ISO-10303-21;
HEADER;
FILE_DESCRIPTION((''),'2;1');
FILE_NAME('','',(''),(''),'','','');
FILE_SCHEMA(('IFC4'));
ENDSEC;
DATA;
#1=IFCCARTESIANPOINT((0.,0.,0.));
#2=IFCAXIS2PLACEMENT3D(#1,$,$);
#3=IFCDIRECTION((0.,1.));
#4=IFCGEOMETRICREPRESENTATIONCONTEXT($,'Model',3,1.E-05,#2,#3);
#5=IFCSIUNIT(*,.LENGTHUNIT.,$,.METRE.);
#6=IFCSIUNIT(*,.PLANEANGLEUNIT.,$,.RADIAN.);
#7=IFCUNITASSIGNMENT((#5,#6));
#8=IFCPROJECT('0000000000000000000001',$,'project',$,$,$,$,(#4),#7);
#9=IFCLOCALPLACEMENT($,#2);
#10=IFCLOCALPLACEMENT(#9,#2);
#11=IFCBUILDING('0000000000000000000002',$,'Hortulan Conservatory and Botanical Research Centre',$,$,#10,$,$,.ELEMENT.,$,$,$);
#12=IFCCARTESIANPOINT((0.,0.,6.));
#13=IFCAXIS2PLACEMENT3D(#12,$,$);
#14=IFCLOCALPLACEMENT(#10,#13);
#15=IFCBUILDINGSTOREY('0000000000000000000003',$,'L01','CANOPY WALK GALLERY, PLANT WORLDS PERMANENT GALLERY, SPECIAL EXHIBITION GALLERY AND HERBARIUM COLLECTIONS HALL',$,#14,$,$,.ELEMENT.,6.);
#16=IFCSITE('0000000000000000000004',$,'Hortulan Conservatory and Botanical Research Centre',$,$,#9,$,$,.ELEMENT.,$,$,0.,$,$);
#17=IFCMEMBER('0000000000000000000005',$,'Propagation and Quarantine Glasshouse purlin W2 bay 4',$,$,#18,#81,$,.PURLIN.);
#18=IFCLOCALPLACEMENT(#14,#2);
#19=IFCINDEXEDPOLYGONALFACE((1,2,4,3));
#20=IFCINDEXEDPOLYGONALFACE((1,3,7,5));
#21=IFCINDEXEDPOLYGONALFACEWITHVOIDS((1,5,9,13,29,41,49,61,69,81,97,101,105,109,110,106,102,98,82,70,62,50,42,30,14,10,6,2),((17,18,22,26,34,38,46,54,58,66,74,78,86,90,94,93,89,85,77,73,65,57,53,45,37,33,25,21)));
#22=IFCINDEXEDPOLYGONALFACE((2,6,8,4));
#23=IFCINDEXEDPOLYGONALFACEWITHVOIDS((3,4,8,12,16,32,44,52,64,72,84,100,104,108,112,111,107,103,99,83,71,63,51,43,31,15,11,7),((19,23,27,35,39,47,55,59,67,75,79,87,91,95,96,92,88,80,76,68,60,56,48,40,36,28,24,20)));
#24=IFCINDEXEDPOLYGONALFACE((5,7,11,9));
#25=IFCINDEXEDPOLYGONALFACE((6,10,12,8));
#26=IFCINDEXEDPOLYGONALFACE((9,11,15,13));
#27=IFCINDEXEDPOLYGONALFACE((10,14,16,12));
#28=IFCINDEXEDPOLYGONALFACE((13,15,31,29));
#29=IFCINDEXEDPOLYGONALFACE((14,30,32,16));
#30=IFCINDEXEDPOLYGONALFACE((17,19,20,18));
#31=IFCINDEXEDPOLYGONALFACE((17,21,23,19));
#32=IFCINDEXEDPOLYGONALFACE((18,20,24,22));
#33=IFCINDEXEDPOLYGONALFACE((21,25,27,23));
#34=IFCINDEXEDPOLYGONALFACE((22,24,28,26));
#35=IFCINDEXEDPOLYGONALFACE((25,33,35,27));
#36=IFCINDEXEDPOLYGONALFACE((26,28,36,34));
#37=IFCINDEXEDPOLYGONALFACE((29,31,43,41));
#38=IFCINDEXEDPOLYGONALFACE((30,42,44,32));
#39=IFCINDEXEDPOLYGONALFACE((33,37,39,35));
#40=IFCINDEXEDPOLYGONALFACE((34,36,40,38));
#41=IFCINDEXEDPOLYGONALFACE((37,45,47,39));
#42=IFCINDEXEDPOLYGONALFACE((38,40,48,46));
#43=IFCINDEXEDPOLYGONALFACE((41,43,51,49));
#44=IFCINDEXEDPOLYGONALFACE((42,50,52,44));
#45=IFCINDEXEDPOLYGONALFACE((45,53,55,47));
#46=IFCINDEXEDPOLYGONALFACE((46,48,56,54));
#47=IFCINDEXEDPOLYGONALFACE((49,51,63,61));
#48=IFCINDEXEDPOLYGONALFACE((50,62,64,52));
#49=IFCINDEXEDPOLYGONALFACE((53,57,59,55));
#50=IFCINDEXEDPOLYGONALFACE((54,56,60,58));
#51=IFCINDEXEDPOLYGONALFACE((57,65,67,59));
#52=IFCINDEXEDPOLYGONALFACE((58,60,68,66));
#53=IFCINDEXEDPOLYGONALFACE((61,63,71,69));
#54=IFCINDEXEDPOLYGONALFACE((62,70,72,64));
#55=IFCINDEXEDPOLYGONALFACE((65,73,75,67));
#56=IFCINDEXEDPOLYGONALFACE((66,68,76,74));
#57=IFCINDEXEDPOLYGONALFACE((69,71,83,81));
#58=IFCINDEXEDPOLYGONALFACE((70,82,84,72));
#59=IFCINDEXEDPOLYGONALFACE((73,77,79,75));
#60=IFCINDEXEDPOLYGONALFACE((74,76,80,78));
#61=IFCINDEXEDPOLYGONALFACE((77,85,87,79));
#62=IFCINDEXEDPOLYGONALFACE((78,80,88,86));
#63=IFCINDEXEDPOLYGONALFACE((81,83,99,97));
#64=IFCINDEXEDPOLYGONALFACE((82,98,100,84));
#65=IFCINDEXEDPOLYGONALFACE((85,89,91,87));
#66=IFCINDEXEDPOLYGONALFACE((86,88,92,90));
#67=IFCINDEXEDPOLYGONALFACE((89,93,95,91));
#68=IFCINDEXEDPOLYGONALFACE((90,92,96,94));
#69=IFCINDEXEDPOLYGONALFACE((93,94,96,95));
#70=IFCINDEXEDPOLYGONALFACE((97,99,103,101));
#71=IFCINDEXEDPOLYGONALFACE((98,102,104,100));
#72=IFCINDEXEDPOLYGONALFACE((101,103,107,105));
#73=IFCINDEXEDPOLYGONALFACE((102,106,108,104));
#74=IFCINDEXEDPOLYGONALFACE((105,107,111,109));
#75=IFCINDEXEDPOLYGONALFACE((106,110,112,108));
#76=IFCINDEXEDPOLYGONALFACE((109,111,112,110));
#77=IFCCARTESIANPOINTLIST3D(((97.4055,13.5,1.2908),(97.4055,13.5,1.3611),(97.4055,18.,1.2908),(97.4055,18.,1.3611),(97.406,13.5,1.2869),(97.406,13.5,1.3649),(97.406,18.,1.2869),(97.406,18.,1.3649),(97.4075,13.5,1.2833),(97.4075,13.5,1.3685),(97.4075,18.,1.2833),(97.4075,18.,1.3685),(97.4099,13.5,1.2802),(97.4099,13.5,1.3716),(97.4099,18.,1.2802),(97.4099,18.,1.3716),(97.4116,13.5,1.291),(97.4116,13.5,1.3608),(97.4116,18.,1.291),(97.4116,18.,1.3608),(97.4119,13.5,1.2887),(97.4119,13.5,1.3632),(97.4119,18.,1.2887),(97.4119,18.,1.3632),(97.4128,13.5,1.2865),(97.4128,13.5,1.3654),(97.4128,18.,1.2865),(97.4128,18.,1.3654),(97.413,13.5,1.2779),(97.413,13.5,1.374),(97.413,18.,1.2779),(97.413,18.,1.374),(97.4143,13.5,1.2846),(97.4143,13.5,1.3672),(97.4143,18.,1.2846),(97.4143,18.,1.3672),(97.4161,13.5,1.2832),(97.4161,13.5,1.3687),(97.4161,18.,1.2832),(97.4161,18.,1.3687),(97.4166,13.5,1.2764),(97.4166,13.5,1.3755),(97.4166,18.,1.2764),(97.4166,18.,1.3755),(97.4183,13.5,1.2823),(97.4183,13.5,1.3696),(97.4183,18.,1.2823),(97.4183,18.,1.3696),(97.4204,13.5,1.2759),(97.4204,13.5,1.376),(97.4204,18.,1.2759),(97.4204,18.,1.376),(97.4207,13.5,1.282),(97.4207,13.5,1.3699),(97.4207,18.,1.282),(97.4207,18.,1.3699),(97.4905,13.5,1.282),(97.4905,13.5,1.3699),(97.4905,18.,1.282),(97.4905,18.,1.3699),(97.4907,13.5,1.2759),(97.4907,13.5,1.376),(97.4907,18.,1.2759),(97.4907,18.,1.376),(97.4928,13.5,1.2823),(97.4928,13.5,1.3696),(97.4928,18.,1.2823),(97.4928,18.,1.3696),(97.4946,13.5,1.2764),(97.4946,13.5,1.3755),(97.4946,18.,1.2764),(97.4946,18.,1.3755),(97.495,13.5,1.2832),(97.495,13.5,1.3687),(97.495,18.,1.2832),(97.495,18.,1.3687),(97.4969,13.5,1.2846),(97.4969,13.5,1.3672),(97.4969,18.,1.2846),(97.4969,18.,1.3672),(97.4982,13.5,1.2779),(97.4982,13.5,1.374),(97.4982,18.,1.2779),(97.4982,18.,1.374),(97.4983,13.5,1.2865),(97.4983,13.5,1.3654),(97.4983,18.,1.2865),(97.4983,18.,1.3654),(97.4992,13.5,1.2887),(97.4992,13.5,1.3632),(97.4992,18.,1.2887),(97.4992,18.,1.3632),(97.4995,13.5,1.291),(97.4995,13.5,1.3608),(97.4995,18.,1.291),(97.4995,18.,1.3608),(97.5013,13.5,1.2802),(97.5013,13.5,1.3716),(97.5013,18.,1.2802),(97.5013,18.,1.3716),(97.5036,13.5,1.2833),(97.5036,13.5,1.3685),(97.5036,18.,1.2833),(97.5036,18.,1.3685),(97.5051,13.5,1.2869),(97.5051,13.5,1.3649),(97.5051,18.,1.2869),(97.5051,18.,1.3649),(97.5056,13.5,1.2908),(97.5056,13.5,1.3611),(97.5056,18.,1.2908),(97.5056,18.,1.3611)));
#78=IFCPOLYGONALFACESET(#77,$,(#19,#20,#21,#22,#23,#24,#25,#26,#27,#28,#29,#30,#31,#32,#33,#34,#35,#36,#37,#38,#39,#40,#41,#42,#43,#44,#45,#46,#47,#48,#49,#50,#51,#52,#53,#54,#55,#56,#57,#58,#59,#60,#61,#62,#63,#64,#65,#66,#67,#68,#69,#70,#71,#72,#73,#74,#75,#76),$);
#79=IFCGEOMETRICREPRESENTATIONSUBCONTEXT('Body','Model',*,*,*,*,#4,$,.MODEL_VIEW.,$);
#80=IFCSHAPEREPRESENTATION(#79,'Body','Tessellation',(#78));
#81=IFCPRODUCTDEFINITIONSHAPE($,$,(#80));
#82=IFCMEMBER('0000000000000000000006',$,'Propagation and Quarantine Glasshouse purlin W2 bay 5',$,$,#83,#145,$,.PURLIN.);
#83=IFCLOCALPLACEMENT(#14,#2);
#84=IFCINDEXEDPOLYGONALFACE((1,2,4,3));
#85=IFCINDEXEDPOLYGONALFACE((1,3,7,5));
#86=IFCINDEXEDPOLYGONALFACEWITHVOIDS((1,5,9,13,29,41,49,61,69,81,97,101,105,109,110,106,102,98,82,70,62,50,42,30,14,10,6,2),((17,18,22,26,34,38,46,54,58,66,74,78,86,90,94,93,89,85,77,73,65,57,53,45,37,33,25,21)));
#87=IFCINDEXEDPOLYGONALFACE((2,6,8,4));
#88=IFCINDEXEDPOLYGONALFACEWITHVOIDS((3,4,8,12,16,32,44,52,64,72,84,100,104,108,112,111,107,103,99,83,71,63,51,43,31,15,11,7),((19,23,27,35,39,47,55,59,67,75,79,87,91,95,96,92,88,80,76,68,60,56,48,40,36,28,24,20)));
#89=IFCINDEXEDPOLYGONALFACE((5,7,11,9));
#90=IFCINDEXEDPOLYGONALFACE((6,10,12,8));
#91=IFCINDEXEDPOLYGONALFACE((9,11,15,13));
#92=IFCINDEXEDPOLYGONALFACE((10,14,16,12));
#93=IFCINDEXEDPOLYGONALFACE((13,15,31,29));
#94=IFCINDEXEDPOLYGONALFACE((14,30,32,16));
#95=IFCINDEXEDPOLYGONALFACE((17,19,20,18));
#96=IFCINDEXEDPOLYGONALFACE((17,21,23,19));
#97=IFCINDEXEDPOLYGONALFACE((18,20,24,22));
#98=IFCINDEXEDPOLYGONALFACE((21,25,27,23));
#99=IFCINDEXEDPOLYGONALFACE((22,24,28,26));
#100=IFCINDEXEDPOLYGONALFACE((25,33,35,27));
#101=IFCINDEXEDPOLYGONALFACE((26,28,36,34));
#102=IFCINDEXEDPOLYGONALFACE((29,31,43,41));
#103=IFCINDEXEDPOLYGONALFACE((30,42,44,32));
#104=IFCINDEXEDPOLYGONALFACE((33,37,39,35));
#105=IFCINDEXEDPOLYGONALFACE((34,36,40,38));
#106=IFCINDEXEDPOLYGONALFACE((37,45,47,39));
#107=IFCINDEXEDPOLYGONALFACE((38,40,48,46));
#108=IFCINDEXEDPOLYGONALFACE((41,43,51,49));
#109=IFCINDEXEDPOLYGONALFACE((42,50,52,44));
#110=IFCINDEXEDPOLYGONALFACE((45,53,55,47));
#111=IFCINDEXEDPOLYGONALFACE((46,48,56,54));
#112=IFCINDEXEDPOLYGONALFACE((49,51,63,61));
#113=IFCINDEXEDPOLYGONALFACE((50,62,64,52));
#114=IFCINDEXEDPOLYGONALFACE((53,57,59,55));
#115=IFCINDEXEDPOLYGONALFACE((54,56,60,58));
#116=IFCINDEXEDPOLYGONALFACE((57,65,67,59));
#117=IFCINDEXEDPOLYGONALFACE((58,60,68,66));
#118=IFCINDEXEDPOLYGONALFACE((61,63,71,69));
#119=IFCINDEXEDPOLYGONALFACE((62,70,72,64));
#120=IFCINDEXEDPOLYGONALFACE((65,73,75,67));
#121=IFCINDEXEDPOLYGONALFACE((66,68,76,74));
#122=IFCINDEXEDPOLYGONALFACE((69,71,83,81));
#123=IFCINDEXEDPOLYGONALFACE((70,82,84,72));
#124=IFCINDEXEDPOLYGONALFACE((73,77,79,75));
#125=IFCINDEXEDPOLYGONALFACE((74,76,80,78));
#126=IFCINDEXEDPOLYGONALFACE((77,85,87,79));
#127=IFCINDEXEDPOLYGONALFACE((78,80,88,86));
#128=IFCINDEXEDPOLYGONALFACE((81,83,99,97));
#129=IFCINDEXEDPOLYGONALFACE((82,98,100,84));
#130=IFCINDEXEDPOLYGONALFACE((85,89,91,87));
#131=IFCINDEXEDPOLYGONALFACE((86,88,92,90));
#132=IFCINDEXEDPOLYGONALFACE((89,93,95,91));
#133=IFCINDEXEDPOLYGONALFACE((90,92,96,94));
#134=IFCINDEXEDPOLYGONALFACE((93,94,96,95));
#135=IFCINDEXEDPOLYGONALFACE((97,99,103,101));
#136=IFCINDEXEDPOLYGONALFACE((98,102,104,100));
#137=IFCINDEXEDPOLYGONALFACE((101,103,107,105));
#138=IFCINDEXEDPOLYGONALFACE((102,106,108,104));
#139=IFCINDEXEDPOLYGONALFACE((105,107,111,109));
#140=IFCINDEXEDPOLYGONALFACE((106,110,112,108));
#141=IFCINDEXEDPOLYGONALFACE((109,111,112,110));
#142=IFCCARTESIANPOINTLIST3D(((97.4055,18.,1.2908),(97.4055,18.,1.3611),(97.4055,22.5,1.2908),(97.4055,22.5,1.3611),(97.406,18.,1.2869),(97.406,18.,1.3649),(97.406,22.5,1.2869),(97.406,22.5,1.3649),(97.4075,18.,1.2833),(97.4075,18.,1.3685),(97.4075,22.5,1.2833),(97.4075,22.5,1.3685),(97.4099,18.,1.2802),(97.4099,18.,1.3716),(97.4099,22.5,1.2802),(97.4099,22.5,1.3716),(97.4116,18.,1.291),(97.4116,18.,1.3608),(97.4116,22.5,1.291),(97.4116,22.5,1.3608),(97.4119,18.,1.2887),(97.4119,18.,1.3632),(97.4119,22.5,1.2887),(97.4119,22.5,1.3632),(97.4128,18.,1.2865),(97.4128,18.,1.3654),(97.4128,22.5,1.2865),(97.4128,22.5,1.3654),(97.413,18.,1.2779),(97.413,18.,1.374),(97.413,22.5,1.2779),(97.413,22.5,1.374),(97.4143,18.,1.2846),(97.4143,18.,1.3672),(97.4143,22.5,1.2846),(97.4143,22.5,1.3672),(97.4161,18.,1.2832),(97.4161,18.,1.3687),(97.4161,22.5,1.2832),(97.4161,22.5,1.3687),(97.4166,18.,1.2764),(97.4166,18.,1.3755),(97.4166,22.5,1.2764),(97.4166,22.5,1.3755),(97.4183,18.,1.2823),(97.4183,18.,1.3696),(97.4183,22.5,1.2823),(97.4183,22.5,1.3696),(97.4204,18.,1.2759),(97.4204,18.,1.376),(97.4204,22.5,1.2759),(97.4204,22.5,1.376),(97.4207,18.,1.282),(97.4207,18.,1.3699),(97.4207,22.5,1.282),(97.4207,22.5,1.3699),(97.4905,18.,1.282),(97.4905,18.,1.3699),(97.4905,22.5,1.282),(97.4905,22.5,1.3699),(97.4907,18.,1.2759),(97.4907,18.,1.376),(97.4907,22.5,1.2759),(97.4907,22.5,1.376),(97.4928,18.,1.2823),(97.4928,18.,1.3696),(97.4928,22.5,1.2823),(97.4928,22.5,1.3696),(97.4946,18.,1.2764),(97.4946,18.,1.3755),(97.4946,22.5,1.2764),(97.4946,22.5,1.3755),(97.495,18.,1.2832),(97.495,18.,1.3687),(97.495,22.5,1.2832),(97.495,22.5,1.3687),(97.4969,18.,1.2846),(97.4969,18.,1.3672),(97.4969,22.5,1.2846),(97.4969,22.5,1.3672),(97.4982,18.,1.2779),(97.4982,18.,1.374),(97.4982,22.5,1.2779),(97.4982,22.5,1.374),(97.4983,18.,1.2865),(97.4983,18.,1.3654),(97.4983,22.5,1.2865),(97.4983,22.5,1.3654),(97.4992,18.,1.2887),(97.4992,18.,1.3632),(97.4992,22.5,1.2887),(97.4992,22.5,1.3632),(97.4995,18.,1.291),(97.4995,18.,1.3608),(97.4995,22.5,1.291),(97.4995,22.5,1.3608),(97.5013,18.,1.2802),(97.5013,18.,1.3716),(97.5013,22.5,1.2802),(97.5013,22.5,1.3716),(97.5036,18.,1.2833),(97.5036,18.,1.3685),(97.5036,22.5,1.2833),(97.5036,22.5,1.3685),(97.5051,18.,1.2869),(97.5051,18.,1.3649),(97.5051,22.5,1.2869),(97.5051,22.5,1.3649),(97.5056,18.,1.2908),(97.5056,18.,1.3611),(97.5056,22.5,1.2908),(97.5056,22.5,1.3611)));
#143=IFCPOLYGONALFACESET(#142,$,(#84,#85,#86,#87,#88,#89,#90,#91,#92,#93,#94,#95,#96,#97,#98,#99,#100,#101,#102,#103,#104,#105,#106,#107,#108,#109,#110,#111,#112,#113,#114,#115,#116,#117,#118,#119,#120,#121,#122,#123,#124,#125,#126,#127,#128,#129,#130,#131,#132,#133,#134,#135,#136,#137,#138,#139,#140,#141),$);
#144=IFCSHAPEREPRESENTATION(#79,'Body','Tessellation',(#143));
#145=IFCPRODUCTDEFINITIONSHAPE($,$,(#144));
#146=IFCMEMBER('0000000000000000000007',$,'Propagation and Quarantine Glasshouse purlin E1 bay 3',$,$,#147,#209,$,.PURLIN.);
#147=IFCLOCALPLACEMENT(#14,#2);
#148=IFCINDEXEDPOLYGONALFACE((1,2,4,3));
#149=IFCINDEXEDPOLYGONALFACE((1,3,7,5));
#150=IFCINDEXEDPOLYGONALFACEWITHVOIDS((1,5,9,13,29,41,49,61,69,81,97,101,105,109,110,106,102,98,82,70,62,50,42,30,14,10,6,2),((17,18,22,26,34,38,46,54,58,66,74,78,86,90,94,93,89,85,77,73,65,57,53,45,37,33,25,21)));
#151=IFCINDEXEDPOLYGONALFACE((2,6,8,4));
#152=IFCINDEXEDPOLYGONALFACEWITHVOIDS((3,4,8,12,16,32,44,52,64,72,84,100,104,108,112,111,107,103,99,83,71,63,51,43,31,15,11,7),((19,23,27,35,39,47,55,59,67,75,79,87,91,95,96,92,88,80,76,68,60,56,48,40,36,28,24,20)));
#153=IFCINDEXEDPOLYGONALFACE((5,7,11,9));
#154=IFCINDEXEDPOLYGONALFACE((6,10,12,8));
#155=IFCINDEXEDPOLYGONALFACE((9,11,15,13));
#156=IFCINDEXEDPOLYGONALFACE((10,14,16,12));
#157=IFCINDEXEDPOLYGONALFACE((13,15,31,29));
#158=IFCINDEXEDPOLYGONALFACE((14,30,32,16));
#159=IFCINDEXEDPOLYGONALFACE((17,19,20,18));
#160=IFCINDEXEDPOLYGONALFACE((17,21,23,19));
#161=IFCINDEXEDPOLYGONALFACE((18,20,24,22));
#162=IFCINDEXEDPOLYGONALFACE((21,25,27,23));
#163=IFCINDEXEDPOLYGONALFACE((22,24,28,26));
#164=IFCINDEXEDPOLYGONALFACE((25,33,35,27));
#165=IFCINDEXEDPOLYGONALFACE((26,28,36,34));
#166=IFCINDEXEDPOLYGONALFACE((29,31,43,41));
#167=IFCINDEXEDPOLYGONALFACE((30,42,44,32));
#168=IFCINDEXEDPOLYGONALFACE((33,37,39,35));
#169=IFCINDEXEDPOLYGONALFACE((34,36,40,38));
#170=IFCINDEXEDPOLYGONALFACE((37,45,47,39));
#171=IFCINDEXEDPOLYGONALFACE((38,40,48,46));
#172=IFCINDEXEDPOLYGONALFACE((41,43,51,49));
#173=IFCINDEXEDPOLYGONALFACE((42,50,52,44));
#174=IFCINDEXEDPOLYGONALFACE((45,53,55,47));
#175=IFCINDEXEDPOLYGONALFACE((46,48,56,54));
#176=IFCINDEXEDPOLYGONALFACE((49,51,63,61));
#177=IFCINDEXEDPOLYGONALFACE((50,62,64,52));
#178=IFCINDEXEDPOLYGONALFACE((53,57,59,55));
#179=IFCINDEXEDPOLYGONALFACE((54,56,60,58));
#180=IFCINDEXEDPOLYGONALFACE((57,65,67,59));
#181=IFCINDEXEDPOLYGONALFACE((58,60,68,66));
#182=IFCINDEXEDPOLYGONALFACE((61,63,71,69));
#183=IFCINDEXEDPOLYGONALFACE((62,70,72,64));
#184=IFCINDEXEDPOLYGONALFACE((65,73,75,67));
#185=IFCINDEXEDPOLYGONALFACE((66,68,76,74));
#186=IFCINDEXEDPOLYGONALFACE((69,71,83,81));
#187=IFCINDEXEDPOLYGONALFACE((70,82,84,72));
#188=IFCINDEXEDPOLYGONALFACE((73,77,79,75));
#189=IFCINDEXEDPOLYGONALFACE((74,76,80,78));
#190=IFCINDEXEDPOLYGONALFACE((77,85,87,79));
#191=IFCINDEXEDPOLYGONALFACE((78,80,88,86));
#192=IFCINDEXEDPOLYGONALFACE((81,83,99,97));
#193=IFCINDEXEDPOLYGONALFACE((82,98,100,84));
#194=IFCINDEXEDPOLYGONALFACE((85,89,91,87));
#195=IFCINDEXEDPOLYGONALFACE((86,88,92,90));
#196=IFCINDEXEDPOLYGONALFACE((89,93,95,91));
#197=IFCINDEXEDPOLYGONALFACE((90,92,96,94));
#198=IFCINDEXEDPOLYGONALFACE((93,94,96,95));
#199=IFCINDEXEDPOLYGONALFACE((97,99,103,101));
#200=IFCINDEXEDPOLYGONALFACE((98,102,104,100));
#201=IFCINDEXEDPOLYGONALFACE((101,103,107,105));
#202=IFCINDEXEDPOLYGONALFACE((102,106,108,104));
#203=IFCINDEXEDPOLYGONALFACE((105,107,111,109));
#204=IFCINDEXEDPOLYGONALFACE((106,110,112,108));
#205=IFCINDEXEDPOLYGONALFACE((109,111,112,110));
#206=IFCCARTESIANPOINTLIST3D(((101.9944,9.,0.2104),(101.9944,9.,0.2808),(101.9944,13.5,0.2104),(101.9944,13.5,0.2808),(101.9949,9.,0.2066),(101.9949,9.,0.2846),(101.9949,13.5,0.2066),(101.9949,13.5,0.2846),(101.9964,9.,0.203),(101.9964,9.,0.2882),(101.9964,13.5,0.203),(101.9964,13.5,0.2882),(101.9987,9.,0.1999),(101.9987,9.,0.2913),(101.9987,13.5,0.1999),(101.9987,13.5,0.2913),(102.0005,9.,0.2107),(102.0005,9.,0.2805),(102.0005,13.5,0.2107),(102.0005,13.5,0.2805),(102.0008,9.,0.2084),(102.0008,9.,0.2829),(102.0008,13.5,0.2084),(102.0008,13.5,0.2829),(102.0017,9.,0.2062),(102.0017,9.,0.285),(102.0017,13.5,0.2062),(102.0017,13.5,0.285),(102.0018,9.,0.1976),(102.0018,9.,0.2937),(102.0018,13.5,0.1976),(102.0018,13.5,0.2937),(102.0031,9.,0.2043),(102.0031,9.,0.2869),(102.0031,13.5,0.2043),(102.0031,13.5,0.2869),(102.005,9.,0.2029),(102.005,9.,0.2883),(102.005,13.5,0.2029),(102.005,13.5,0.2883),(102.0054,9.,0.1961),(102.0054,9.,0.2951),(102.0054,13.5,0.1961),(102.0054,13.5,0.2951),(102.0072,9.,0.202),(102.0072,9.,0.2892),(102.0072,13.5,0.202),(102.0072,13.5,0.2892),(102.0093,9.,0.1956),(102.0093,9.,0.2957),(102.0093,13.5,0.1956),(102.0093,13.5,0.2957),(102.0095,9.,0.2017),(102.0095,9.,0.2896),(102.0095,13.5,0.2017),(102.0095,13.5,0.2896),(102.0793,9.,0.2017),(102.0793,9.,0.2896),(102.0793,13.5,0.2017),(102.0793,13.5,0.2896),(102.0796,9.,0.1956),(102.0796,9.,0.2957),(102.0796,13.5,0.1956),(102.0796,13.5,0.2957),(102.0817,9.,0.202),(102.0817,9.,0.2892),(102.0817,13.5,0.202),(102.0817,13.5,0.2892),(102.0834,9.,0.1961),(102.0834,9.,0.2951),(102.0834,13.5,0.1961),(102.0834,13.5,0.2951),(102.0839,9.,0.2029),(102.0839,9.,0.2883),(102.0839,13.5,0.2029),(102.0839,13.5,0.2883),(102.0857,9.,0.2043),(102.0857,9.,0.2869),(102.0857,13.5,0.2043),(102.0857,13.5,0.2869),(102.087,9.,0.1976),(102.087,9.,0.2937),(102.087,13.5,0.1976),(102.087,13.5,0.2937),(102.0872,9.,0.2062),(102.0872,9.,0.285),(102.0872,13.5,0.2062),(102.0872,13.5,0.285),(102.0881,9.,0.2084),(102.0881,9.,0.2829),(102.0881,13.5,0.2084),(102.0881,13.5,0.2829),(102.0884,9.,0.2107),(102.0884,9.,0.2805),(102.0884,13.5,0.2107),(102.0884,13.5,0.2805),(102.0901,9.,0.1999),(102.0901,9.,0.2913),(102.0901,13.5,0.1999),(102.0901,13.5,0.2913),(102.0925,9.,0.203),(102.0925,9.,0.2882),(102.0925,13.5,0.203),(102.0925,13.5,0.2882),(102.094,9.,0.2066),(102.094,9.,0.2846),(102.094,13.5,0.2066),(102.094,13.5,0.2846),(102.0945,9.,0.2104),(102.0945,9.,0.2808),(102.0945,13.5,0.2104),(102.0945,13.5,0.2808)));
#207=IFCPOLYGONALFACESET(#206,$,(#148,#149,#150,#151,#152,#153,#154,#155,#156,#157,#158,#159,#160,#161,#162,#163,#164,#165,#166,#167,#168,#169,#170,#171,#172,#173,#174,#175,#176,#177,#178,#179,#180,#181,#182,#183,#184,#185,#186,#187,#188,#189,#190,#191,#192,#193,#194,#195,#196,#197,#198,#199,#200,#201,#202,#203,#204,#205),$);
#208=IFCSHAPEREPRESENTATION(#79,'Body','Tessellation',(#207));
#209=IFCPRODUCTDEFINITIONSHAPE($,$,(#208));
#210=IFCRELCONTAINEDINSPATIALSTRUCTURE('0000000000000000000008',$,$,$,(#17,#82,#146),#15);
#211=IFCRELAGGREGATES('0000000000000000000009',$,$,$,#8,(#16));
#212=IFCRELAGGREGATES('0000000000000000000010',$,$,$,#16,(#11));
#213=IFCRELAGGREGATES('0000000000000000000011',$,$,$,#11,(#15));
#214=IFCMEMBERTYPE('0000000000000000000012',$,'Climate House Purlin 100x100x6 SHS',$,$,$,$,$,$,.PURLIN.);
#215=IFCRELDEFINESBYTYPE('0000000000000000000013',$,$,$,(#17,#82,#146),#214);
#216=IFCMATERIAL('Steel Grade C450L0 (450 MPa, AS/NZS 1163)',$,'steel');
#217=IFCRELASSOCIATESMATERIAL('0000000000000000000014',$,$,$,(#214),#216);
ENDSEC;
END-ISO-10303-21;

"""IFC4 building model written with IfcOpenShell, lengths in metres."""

from ifc_helpers import new_model, si_unit, direction, frame, origin, origin_2d, place, context, subcontext, project, spatial, hollow_rectangle, extrude, material, material_profile, profile_set, type_object, element, save


model = new_model("IFC4")

# Units and contexts
model_context = context("Model", 3, precision=1e-05, world=origin(), true_north=direction((0.0, 1.0)))
body_context = subcontext(model_context, "Body", "Model", "MODEL_VIEW")
ifc_project = project(units=[si_unit("LENGTHUNIT", "METRE"), si_unit("PLANEANGLEUNIT", "RADIAN")], contexts=[model_context])

# Site, building, storey
site_placement = place(None, origin())
site = spatial("IfcSite", under=ifc_project, at=site_placement, Name="Hortulan Conservatory and Botanical Research Centre", CompositionType="ELEMENT", RefElevation=0.0)
building_placement = place(site_placement, origin())
building = spatial("IfcBuilding", under=site, at=building_placement, Name="Hortulan Conservatory and Botanical Research Centre", CompositionType="ELEMENT")
storey_placement = place(building_placement, frame((0.0, 0.0, 6.0)))
storey = spatial("IfcBuildingStorey", under=building, at=storey_placement, Name="L01", Description="CANOPY WALK GALLERY, PLANT WORLDS PERMANENT GALLERY, SPECIAL EXHIBITION GALLERY AND HERBARIUM COLLECTIONS HALL", CompositionType="ELEMENT", Elevation=6.0)

# Members
ifc_material_1 = material(Name="Steel Grade C450L0 (450 MPa, AS/NZS 1163)", Category="steel")
ifc_material_profile_1 = material_profile(ifc_material_1, hollow_rectangle(XDim=0.1001, YDim=0.1001, WallThickness=0.0061, InnerFilletRadius=0.009, OuterFilletRadius=0.0149, at=origin_2d()), Name="100x100x6SHS")
ifc_profile_set_1 = profile_set([ifc_material_profile_1], Name="Steel Grade C450L0 (450 MPa, AS/NZS 1163)")
member_type_1 = type_object("IfcMemberType", Name="Climate House Purlin 100x100x6 SHS", PredefinedType="PURLIN", material=ifc_profile_set_1)
for number, where, z_axis, x_axis, name in (
    (1, (97.4556, 13.5, 1.3259), (0.0, 1.0, 0.0), (-1.0, 0.0, 0.0), "Propagation and Quarantine Glasshouse purlin W2 bay 4"),
    (2, (97.4556, 18.0, 1.3259), (0.0, 1.0, 0.0), (-1.0, 0.0, 0.0), "Propagation and Quarantine Glasshouse purlin W2 bay 5"),
    (3, (102.0444, 9.0, 0.2456), (0.0, 1.0, 0.0), (-1.0, 0.0, 0.0), "Propagation and Quarantine Glasshouse purlin E1 bay 3"),
):
    element("IfcMember", number, at=place(storey_placement, frame(where, z_axis=z_axis, x_axis=x_axis)), inside=storey, type_object=member_type_1, Name=name, PredefinedType="PURLIN", context=body_context, shape_type="SweptSolid", body=[
        extrude(hollow_rectangle(XDim=0.1001, YDim=0.1001, WallThickness=0.0061, InnerFilletRadius=0.009, OuterFilletRadius=0.0149, at=origin_2d()), origin(), (0.0, 0.0, 1.0), 4.5),
    ])

save(model, "model.ifc")
